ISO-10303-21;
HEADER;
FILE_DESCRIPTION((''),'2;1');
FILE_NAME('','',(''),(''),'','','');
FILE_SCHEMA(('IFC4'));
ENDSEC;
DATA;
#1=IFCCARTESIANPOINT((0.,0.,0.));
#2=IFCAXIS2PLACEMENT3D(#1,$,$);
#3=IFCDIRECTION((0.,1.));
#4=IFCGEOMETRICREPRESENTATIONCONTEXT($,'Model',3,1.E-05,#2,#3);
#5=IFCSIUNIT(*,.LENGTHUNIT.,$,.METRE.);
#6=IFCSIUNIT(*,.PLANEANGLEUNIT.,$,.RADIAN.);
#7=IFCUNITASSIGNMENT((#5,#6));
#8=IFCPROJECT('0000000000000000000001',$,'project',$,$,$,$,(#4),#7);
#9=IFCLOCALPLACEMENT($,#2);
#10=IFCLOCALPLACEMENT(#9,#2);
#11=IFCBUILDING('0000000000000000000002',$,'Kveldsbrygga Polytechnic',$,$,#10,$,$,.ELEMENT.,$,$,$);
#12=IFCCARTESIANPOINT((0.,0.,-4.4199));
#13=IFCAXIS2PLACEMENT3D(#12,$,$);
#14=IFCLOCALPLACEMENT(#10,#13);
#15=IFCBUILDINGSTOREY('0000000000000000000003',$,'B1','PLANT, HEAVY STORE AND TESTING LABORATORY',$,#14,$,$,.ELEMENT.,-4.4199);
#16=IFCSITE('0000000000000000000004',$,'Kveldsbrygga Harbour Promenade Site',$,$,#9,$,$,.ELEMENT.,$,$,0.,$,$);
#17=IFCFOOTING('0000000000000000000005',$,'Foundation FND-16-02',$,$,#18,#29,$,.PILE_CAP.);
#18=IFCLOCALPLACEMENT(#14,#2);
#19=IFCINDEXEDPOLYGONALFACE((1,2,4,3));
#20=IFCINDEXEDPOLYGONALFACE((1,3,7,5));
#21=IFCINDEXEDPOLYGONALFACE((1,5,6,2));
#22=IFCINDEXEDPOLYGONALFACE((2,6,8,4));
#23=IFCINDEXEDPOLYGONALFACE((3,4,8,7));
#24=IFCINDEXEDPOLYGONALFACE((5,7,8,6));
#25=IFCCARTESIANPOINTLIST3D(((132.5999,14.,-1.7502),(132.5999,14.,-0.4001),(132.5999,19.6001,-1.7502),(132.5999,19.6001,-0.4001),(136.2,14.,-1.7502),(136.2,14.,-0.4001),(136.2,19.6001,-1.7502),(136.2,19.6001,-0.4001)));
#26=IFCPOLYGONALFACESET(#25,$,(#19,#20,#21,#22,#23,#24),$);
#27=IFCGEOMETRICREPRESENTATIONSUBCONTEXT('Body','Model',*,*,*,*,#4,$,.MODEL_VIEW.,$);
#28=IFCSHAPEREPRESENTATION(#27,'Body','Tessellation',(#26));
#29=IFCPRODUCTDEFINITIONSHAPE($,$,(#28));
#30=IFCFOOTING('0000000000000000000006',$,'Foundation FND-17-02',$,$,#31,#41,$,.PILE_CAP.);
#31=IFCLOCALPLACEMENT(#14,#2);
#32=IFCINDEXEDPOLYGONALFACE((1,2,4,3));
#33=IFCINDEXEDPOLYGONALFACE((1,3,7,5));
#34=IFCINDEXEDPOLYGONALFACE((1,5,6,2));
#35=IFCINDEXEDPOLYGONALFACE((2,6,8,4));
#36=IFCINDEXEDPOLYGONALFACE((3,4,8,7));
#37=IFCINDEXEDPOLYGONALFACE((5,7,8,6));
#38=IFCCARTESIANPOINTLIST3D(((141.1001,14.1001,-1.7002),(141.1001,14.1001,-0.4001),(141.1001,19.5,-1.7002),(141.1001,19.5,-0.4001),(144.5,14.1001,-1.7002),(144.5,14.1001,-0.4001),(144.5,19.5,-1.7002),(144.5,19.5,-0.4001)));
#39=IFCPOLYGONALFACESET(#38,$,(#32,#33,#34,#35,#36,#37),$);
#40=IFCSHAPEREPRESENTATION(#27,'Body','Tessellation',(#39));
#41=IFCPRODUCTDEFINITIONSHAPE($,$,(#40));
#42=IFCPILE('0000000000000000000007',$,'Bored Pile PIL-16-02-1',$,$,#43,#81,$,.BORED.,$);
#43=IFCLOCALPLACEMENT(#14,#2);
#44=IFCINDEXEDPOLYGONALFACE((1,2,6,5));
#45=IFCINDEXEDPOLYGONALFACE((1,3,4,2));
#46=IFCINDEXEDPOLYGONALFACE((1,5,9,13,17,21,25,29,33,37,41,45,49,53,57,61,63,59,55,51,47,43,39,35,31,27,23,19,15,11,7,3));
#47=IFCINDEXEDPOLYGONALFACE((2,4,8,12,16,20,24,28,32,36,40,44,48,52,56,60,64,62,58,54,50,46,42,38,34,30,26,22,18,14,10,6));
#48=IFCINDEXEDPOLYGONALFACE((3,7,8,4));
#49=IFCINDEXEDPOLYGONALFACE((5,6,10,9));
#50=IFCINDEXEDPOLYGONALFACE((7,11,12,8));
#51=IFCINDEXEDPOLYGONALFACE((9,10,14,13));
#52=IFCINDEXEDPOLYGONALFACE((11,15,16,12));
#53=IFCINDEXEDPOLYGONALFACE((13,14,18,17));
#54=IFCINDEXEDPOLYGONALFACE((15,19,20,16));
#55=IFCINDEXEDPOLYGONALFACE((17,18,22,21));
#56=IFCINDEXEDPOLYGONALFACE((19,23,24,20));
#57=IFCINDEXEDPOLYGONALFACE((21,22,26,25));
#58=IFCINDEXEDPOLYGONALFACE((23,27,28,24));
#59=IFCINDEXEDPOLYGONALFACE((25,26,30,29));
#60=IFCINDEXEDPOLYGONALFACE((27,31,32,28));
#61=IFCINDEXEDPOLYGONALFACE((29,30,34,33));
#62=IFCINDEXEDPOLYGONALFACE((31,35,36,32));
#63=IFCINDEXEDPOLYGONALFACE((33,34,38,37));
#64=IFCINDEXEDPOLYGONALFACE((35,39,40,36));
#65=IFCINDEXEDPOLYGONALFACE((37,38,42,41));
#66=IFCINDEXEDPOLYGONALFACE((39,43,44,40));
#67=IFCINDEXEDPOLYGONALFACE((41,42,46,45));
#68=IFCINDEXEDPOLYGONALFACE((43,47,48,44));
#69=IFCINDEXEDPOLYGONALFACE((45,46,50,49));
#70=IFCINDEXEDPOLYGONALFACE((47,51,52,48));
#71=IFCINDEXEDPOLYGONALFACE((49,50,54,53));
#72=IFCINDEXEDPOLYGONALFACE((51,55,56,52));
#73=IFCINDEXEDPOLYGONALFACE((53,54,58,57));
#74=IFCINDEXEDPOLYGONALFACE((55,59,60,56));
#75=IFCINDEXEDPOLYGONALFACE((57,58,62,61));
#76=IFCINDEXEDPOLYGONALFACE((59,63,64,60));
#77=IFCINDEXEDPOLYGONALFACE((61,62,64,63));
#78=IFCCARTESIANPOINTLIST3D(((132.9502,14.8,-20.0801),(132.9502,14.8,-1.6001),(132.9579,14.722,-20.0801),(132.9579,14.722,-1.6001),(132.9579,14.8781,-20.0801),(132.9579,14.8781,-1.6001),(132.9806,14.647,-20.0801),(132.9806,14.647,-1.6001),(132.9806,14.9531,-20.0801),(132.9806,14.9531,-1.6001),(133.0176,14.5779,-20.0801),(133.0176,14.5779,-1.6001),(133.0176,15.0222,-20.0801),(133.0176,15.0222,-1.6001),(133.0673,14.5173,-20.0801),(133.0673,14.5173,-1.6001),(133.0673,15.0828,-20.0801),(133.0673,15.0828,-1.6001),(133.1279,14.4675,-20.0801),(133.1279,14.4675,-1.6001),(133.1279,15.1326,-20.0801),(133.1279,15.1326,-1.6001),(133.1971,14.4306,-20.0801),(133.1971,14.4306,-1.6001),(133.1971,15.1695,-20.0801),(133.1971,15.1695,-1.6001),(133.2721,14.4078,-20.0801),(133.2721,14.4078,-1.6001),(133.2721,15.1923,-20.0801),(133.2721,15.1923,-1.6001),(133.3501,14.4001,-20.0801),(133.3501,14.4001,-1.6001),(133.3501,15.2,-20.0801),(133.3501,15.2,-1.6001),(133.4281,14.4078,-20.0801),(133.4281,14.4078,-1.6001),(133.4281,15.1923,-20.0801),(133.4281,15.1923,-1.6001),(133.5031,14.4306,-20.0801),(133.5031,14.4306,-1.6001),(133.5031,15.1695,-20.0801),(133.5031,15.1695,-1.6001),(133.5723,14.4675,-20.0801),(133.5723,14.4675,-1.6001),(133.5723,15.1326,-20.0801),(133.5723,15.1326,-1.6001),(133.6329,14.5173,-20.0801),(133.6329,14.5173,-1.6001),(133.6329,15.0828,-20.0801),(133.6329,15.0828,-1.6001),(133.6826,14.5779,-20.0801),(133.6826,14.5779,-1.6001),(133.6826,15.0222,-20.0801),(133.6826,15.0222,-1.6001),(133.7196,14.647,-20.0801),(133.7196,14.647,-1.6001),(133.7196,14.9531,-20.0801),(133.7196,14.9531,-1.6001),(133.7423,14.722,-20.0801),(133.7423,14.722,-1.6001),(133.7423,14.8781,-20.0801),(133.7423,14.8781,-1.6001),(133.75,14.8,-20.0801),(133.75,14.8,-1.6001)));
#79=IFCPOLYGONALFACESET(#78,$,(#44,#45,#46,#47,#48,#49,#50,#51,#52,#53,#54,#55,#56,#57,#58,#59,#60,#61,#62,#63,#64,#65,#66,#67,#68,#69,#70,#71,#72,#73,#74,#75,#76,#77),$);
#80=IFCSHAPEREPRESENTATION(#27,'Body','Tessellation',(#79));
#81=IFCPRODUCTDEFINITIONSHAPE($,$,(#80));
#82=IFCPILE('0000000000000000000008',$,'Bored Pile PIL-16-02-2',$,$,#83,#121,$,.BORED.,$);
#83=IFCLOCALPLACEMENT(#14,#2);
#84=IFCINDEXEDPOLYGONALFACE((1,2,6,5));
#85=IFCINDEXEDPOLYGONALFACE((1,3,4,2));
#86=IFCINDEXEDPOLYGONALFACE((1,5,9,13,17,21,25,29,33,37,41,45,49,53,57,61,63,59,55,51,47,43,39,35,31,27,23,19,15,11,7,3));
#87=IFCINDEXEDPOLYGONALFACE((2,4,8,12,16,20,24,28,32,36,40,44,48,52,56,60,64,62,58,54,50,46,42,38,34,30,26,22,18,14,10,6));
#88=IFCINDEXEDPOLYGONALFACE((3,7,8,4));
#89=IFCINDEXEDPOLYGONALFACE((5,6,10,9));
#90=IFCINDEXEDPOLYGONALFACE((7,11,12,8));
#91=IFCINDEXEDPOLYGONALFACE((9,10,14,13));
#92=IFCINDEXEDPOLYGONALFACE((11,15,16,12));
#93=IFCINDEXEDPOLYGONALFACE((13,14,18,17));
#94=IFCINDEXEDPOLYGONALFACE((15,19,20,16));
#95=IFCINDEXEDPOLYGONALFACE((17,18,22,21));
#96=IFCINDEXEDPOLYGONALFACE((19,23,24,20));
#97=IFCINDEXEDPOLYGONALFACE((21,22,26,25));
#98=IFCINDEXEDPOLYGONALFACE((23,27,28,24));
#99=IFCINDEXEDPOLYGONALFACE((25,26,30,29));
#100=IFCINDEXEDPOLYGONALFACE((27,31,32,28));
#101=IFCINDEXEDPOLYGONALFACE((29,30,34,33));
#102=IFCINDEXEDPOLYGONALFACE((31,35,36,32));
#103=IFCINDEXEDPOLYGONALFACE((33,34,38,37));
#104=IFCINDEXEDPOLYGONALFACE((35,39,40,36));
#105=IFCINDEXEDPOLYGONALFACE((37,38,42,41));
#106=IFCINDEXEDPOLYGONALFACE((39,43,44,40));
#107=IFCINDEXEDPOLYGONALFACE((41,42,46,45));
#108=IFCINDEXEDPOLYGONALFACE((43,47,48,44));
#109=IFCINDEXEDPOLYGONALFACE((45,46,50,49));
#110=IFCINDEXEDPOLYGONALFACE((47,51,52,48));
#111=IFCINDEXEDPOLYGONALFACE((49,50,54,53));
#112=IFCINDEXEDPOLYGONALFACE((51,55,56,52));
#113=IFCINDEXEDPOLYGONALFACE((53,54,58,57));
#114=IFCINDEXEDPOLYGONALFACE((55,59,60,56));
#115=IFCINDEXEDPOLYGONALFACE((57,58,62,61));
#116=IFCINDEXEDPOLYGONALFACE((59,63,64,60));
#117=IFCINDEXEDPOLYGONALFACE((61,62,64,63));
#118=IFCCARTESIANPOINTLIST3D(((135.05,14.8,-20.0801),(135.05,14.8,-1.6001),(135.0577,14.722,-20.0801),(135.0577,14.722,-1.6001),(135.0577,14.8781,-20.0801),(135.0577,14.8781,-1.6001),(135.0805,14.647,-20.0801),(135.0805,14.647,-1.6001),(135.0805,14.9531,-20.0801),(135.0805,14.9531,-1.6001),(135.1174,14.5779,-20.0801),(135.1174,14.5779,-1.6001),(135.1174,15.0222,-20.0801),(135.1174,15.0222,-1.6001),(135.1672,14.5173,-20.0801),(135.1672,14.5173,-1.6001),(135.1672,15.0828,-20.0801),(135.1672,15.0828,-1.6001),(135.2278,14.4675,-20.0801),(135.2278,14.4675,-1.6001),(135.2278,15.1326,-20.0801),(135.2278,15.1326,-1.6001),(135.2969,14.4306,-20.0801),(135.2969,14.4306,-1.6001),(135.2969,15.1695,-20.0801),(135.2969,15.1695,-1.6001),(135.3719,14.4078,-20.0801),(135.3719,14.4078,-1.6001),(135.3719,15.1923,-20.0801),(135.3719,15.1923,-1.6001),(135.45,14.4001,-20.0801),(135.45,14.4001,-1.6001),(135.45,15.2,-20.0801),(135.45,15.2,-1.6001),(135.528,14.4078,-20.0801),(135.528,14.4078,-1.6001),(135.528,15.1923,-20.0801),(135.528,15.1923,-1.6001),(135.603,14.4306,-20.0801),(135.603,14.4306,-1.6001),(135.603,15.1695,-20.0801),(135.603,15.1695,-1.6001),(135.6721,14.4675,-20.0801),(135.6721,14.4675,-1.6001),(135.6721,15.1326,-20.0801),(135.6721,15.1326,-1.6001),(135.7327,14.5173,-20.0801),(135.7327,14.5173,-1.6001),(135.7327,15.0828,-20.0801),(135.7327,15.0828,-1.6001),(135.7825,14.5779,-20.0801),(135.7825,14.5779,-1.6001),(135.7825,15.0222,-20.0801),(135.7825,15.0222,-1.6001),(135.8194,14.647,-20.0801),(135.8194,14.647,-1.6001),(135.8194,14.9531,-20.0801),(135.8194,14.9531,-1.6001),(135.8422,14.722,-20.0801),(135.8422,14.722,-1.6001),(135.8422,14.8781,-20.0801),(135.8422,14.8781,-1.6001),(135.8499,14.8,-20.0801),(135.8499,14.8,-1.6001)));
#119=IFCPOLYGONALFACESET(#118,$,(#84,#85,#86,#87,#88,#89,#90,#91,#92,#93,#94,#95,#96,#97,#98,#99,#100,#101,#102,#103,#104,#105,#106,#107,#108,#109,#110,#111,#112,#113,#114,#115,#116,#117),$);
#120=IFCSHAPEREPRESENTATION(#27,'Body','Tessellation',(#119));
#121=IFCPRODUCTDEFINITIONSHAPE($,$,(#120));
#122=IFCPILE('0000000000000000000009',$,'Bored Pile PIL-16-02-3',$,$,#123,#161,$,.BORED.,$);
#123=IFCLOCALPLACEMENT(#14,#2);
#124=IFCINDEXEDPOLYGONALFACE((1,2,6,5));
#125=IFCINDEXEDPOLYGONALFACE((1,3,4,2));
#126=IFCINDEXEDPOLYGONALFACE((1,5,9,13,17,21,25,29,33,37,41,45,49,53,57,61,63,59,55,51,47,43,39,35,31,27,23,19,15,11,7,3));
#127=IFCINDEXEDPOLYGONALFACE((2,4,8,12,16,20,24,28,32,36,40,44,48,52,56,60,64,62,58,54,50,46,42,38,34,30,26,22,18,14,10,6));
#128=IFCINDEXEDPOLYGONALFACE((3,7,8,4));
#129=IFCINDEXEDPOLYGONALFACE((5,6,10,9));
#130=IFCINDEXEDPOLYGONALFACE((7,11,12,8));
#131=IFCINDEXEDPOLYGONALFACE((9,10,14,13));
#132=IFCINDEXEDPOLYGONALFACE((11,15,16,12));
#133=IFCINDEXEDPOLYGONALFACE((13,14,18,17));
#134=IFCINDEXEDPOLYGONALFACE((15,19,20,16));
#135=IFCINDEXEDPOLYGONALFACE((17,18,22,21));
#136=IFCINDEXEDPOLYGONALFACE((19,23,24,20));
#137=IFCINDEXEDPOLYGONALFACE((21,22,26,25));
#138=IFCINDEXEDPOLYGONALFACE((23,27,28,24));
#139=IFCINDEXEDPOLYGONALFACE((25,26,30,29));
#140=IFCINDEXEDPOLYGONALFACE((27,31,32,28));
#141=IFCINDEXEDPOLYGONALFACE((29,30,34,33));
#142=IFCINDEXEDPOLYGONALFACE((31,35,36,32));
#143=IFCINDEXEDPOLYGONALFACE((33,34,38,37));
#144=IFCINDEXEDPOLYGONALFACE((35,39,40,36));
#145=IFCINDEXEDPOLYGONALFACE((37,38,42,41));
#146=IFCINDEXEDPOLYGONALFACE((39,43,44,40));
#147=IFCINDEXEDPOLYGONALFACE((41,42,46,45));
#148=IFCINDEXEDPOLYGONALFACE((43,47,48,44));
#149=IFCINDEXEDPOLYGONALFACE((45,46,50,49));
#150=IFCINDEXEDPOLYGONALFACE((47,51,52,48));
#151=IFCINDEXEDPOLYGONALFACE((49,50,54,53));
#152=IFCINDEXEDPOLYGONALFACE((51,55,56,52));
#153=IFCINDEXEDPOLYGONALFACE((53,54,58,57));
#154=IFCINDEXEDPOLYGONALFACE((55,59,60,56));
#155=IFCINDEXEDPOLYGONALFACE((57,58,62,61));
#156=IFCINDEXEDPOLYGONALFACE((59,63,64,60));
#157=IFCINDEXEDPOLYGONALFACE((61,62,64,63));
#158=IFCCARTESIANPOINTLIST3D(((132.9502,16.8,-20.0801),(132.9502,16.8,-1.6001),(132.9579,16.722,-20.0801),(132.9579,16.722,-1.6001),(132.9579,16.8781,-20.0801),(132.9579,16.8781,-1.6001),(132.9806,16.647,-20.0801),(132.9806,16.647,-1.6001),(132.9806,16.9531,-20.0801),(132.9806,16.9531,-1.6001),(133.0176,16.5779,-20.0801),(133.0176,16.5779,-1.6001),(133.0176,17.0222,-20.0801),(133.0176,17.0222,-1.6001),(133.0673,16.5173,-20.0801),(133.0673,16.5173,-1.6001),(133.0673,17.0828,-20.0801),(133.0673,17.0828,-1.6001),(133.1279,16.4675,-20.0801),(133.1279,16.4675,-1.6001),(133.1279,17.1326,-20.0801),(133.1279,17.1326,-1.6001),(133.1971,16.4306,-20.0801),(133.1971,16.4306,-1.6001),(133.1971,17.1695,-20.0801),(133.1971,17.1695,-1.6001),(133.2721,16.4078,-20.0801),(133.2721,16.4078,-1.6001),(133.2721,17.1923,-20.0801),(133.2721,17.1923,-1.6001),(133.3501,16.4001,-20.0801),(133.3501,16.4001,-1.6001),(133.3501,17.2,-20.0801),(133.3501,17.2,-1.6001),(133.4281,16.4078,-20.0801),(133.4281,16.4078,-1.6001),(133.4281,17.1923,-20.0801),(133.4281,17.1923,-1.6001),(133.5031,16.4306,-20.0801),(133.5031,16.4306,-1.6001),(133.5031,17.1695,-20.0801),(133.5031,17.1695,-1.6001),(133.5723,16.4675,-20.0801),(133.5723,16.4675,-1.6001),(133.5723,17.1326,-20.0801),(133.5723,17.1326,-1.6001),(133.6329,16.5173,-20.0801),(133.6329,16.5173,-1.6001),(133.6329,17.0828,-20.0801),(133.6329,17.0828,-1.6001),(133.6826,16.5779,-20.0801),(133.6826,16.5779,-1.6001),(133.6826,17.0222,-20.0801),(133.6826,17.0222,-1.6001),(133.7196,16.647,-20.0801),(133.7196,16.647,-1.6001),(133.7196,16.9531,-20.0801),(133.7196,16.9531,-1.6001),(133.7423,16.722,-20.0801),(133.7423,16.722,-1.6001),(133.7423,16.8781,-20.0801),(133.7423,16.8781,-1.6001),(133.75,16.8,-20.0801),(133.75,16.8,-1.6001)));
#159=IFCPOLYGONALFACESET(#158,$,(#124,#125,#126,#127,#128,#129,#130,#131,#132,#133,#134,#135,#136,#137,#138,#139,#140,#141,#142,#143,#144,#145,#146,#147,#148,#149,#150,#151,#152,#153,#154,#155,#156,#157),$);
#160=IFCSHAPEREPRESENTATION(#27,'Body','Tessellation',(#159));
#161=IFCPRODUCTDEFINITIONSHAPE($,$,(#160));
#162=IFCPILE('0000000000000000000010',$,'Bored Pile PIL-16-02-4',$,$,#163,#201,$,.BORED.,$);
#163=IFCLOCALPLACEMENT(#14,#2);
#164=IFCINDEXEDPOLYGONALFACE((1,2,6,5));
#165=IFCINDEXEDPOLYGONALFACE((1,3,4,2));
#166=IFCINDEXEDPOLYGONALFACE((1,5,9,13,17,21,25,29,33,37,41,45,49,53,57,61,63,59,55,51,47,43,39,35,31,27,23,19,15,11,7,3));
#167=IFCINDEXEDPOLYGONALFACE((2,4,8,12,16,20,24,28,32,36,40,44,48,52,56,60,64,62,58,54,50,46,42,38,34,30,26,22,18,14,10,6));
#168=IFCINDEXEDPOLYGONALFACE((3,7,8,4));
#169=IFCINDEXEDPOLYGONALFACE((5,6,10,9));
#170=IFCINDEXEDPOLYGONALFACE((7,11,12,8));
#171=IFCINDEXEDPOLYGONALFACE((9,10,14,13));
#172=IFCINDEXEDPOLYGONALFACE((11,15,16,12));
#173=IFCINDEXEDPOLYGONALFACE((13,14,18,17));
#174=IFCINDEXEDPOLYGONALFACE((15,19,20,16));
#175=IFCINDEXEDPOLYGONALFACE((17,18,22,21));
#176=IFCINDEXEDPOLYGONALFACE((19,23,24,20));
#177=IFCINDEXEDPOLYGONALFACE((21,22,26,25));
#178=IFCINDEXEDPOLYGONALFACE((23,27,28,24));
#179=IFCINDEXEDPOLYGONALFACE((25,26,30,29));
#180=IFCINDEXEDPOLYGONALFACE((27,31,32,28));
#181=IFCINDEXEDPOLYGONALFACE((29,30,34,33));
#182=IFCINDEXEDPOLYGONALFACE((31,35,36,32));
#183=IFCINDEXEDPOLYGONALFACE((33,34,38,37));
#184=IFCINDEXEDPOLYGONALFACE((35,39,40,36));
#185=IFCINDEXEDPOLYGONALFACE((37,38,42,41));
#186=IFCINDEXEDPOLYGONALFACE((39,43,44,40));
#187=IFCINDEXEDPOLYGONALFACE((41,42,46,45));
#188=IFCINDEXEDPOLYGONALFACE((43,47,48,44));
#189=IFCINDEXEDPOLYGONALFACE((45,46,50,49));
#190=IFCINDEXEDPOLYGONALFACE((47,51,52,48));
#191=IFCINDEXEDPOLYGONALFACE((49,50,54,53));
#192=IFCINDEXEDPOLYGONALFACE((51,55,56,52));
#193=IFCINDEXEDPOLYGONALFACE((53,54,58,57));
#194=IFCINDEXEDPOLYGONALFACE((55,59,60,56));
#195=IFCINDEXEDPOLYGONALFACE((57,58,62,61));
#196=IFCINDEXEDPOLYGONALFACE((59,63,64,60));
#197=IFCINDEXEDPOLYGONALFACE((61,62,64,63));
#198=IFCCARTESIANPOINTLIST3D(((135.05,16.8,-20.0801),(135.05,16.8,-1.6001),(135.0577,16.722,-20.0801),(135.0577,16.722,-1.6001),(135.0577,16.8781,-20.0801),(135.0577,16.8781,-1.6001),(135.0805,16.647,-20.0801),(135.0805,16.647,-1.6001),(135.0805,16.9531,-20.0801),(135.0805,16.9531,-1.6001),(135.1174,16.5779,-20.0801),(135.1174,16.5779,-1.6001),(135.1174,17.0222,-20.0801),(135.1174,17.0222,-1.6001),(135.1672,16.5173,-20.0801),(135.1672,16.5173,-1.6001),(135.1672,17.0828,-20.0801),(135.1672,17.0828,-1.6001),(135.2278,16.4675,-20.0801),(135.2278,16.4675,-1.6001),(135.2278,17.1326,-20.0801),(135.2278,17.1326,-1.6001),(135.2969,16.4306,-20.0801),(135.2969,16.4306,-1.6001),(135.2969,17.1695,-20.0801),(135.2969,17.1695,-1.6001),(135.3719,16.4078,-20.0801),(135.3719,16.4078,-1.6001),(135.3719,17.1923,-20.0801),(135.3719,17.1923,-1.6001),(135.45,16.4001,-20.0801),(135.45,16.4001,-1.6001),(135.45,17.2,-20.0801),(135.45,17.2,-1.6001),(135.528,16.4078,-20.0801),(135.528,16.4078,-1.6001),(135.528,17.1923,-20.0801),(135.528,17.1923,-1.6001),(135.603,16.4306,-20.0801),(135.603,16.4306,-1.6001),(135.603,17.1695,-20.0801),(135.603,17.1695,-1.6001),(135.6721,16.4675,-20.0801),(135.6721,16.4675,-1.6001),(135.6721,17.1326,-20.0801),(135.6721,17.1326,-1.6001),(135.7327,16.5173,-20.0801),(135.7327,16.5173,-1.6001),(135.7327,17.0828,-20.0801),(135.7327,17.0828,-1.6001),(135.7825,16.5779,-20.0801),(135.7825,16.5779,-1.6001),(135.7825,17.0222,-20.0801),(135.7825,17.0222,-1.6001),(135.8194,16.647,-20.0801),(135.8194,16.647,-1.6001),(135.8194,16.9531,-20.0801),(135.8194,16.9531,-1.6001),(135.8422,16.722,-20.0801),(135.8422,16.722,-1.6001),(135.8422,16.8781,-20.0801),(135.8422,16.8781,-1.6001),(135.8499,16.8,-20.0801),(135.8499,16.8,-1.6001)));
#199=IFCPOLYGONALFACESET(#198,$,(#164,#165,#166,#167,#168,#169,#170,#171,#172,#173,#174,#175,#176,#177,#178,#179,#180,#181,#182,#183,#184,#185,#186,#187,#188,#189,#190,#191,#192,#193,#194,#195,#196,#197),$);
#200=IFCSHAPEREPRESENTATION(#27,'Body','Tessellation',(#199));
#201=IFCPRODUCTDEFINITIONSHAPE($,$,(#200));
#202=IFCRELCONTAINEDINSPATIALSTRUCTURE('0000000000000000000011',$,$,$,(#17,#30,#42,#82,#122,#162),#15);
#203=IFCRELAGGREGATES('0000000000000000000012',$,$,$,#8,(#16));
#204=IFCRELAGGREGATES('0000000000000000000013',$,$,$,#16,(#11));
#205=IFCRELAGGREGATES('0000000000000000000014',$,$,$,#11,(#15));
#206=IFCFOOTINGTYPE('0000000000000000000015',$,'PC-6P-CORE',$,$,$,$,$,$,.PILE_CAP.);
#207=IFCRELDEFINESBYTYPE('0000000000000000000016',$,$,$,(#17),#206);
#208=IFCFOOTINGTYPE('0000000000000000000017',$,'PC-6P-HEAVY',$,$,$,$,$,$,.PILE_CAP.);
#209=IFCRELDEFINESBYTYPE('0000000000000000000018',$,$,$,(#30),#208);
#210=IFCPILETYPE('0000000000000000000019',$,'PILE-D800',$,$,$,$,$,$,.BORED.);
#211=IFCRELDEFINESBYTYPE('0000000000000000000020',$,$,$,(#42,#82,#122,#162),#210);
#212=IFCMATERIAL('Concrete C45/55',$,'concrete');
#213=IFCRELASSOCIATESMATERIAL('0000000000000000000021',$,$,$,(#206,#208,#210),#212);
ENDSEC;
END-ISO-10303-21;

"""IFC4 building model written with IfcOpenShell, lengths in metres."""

from ifc_helpers import new_model, si_unit, direction, frame, origin, origin_2d, place, context, subcontext, project, spatial, rectangle, circle, extrude, material, material_profile, profile_set, type_object, element, save


model = new_model("IFC4")

# Units and contexts
model_context = context("Model", 3, precision=1e-05, world=origin(), true_north=direction((0.0, 1.0)))
body_context = subcontext(model_context, "Body", "Model", "MODEL_VIEW")
ifc_project = project(units=[si_unit("LENGTHUNIT", "METRE"), si_unit("PLANEANGLEUNIT", "RADIAN")], contexts=[model_context])

# Site, building, storey
site_placement = place(None, origin())
site = spatial("IfcSite", under=ifc_project, at=site_placement, Name="Kveldsbrygga Harbour Promenade Site", CompositionType="ELEMENT", RefElevation=0.0)
building_placement = place(site_placement, origin())
building = spatial("IfcBuilding", under=site, at=building_placement, Name="Kveldsbrygga Polytechnic", CompositionType="ELEMENT")
storey_placement = place(building_placement, frame((0.0, 0.0, -4.4199)))
storey = spatial("IfcBuildingStorey", under=building, at=storey_placement, Name="B1", Description="PLANT, HEAVY STORE AND TESTING LABORATORY", CompositionType="ELEMENT", Elevation=-4.4199)

# Footings
ifc_material_1 = material(Name="Concrete C45/55", Category="concrete")
footing_type_1 = type_object("IfcFootingType", Name="PC-6P-CORE", PredefinedType="PILE_CAP", material=ifc_material_1)
footing_1_placement = place(storey_placement, frame((134.3999, 16.8, -1.7502), z_axis=(0.0, 0.0, 1.0), x_axis=(1.0, 0.0, 0.0)))
element("IfcFooting", 1, at=footing_1_placement, inside=storey, type_object=footing_type_1, Name="Foundation FND-16-02", PredefinedType="PILE_CAP", context=body_context, shape_type="SweptSolid", body=[
    extrude(rectangle(XDim=3.6001, YDim=5.6001, at=origin_2d()), origin(), (0.0, 0.0, 1.0), 1.3501),
])
footing_type_2 = type_object("IfcFootingType", Name="PC-6P-HEAVY", PredefinedType="PILE_CAP", material=ifc_material_1)
footing_2_placement = place(storey_placement, frame((142.8, 16.8, -1.7002), z_axis=(0.0, 0.0, 1.0), x_axis=(1.0, 0.0, 0.0)))
element("IfcFooting", 2, at=footing_2_placement, inside=storey, type_object=footing_type_2, Name="Foundation FND-17-02", PredefinedType="PILE_CAP", context=body_context, shape_type="SweptSolid", body=[
    extrude(rectangle(XDim=3.3999, YDim=5.3999, at=origin_2d()), origin(), (0.0, 0.0, 1.0), 1.3),
])

# Piles
ifc_material_profile_1 = material_profile(ifc_material_1, circle(Radius=0.3999, at=origin_2d()), Name="PILE D800")
ifc_profile_set_1 = profile_set([ifc_material_profile_1], Name="Concrete C45/55")
pile_type = type_object("IfcPileType", Name="PILE-D800", PredefinedType="BORED", material=ifc_profile_set_1)
for number, where, z_axis, x_axis, name in (
    (3, (133.3501, 14.8, -1.6001), (0.0, 0.0, -1.0), (1.0, 0.0, 0.0), "Bored Pile PIL-16-02-1"),
    (4, (135.45, 14.8, -1.6001), (0.0, 0.0, -1.0), (1.0, 0.0, 0.0), "Bored Pile PIL-16-02-2"),
    (5, (133.3501, 16.8, -1.6001), (0.0, 0.0, -1.0), (1.0, 0.0, 0.0), "Bored Pile PIL-16-02-3"),
    (6, (135.45, 16.8, -1.6001), (0.0, 0.0, -1.0), (1.0, 0.0, 0.0), "Bored Pile PIL-16-02-4"),
):
    element("IfcPile", number, at=place(storey_placement, frame(where, z_axis=z_axis, x_axis=x_axis)), inside=storey, type_object=pile_type, Name=name, PredefinedType="BORED", context=body_context, shape_type="SweptSolid", body=[
        extrude(circle(Radius=0.3999, at=origin_2d()), origin(), (0.0, 0.0, 1.0), 18.48),
    ])

save(model, "model.ifc")
